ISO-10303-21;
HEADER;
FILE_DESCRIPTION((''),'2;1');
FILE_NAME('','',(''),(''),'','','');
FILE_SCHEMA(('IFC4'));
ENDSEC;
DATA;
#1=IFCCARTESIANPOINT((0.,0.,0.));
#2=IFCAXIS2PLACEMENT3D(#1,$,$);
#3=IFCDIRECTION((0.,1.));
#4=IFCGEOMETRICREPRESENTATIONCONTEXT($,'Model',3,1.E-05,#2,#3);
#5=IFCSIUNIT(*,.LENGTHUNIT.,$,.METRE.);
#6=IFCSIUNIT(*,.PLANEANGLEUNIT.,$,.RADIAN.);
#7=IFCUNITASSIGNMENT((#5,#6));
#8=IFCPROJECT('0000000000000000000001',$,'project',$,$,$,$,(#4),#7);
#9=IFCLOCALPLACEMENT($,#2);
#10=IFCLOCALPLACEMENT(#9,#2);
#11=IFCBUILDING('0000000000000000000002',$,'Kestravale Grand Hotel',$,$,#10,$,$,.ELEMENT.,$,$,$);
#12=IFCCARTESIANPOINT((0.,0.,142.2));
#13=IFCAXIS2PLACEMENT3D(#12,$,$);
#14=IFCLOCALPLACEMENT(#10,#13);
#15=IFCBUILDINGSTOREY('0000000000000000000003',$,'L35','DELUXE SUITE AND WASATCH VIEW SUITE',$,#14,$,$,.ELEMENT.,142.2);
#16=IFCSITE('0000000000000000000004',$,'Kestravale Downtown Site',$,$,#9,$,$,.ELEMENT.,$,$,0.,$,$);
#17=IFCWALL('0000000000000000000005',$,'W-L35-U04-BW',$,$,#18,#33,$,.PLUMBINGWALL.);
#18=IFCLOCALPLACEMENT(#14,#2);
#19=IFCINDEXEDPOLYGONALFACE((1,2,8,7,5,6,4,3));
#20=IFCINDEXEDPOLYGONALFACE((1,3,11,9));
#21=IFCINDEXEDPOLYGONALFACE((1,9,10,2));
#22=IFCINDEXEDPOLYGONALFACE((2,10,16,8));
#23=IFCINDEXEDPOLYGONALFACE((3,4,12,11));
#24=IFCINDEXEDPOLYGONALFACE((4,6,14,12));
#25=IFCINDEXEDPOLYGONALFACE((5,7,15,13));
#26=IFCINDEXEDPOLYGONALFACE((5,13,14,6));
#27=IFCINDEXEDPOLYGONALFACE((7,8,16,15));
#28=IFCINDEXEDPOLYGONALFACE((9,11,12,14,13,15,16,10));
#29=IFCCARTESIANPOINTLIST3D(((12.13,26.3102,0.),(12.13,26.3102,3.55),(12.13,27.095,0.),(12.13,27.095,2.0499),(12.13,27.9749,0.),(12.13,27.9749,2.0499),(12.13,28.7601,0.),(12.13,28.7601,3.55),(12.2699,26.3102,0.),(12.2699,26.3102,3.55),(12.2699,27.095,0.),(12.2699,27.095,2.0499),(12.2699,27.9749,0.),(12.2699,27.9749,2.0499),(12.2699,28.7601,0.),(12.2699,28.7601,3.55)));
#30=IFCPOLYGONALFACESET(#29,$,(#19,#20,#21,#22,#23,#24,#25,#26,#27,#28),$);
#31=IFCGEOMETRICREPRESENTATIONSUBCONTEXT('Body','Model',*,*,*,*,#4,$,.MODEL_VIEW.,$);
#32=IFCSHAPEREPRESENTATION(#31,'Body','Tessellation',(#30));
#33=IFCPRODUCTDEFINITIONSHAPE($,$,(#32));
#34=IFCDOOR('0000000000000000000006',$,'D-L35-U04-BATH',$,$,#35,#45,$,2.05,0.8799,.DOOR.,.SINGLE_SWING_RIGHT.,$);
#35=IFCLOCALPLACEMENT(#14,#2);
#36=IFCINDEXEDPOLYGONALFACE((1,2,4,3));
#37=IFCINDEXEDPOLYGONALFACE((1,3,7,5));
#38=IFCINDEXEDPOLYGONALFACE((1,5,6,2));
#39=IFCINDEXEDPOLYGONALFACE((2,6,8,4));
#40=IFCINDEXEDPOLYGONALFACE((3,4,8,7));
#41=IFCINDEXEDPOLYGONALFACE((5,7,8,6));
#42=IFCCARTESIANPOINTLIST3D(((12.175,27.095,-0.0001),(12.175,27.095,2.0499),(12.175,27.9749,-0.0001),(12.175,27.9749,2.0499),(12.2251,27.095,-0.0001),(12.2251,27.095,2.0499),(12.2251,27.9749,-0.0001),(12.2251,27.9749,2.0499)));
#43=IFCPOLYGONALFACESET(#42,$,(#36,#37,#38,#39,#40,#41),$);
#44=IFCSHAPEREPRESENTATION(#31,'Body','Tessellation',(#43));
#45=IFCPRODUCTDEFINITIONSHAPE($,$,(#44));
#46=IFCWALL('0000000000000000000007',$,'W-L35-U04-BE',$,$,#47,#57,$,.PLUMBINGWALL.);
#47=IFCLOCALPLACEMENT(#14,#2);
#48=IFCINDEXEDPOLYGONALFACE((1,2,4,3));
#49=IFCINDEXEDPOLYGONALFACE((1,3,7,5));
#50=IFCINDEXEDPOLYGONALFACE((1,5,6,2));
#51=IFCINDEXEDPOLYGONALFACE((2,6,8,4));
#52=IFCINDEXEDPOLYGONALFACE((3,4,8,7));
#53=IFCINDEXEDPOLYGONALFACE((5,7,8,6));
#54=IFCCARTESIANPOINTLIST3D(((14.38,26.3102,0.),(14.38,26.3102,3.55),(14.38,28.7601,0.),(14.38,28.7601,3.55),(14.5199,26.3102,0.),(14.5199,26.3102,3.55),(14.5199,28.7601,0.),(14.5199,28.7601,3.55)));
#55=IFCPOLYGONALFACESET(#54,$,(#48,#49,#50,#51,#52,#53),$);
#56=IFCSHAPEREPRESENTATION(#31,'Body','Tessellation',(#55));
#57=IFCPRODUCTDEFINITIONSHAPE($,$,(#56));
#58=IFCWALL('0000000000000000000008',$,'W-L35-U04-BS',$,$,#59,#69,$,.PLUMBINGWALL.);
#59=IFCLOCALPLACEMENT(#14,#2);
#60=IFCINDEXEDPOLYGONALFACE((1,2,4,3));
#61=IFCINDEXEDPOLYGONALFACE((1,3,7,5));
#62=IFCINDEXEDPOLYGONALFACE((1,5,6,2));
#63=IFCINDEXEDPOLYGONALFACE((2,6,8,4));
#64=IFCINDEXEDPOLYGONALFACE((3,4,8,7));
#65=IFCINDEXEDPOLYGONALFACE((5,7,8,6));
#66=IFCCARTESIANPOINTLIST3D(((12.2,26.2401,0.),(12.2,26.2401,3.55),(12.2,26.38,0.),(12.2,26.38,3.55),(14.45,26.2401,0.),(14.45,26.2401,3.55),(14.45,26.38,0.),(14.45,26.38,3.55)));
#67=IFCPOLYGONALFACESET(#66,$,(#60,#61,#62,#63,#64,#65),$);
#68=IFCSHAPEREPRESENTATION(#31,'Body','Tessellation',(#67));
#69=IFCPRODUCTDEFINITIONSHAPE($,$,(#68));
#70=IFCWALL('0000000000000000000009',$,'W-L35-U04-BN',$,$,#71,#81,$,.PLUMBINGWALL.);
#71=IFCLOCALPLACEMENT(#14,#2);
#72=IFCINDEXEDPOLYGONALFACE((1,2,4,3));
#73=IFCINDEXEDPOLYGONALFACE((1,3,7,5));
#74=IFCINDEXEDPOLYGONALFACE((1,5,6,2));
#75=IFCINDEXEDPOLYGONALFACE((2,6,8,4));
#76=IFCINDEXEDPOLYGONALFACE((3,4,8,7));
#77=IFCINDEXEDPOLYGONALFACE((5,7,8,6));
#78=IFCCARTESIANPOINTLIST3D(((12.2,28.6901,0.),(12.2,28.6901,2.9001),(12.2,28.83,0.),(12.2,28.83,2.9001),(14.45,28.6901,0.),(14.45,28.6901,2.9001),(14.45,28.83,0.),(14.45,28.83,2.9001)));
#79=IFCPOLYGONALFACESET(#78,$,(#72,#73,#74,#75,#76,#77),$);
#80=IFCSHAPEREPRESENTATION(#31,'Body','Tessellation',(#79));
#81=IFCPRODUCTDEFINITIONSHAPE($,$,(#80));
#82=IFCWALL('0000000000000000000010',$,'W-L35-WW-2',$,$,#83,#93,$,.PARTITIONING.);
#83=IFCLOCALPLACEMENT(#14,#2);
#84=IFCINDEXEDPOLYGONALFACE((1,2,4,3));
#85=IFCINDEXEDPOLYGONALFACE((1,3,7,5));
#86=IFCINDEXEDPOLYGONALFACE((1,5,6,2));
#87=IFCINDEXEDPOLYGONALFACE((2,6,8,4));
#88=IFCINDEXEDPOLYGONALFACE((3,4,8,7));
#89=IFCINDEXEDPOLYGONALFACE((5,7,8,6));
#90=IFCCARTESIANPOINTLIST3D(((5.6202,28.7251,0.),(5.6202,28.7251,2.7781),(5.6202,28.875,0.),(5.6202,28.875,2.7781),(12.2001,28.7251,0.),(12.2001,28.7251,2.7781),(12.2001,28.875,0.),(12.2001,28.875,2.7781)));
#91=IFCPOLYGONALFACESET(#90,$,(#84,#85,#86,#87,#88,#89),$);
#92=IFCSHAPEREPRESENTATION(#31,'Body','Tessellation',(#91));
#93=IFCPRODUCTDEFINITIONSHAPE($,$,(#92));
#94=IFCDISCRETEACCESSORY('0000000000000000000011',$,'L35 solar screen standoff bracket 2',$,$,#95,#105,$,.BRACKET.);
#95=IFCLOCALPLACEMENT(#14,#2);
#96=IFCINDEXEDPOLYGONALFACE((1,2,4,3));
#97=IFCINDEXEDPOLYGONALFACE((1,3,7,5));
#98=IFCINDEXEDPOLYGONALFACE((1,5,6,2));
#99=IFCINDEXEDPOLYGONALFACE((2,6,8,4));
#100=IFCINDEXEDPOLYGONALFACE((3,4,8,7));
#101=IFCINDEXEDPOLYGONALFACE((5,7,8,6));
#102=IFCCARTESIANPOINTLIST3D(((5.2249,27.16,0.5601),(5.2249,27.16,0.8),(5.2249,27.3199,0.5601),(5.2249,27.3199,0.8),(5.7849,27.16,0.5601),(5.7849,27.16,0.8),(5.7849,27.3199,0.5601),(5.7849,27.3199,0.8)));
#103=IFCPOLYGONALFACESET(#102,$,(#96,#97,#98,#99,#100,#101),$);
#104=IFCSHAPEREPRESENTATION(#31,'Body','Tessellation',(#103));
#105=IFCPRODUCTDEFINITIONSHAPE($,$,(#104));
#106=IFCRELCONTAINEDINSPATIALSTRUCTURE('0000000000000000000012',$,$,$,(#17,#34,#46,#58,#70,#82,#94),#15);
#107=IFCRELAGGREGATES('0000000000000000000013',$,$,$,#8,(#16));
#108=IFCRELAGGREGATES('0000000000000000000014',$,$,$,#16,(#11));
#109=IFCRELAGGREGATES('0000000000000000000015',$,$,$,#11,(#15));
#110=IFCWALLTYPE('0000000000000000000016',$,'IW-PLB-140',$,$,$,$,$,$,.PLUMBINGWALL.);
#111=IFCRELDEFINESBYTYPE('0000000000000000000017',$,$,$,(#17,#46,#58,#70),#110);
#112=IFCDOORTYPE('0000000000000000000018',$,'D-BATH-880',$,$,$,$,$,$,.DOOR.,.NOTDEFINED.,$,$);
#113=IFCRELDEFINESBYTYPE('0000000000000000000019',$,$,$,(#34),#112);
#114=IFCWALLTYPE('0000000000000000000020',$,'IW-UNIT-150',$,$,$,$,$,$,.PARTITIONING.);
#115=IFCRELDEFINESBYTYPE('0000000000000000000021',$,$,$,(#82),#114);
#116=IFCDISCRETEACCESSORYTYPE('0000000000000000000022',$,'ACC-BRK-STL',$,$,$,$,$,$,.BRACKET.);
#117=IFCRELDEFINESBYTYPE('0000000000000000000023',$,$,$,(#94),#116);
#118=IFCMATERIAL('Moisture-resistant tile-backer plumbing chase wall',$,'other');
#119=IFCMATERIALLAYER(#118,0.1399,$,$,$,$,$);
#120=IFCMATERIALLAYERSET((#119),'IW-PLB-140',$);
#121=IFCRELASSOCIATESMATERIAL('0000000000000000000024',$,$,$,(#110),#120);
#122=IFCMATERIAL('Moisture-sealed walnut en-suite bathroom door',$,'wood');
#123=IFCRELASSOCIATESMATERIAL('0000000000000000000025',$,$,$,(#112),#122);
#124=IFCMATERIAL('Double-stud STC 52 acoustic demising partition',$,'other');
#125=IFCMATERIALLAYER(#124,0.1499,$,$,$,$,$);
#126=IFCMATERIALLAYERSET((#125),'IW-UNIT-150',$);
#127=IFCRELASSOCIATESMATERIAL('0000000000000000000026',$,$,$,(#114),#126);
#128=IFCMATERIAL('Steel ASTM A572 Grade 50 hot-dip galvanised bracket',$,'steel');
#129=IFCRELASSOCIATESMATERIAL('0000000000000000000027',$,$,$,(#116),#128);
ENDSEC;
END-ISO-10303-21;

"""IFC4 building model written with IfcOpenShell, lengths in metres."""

from ifc_helpers import new_model, si_unit, direction, frame, frame_2d, origin, origin_2d, place, context, subcontext, project, spatial, rectangle, extrude, material, layer, layer_set, type_object, element, fill, save


model = new_model("IFC4")

# Units and contexts
model_context = context("Model", 3, precision=1e-05, world=origin(), true_north=direction((0.0, 1.0)))
body_context = subcontext(model_context, "Body", "Model", "MODEL_VIEW")
ifc_project = project(units=[si_unit("LENGTHUNIT", "METRE"), si_unit("PLANEANGLEUNIT", "RADIAN")], contexts=[model_context])

# Site, building, storey
site_placement = place(None, origin())
site = spatial("IfcSite", under=ifc_project, at=site_placement, Name="Kestravale Downtown Site", CompositionType="ELEMENT", RefElevation=0.0)
building_placement = place(site_placement, origin())
building = spatial("IfcBuilding", under=site, at=building_placement, Name="Kestravale Grand Hotel", CompositionType="ELEMENT")
storey_placement = place(building_placement, frame((0.0, 0.0, 142.2)))
storey = spatial("IfcBuildingStorey", under=building, at=storey_placement, Name="L35", Description="DELUXE SUITE AND WASATCH VIEW SUITE", CompositionType="ELEMENT", Elevation=142.2)

# Wall, opening, door
ifc_material_1 = material(Name="Moisture-resistant tile-backer plumbing chase wall", Category="other")
ifc_layer_1 = layer(ifc_material_1, 0.1399)
ifc_layer_set_1 = layer_set([ifc_layer_1], Name="IW-PLB-140")
wall_type_1 = type_object("IfcWallType", Name="IW-PLB-140", PredefinedType="PLUMBINGWALL", material=ifc_layer_set_1)
wall_1_placement = place(storey_placement, frame((12.2, 26.3101, 0.0), z_axis=(0.0, 0.0, 1.0), x_axis=(0.0, 1.0, 0.0)))
wall_1 = element("IfcWall", 1, at=wall_1_placement, inside=storey, type_object=wall_type_1, Name="W-L35-U04-BW", PredefinedType="PLUMBINGWALL", context=body_context, shape_type="SweptSolid", body=[
    extrude(rectangle(XDim=2.45, YDim=0.1399, at=frame_2d((1.2251, 0.0))), origin(), (0.0, 0.0, 1.0), 3.55),
])
opening_placement = place(wall_1_placement, frame((0.7849, 0.0, 0.0)))
opening = element("IfcOpeningElement", 2, at=opening_placement, cuts=wall_1, PredefinedType="OPENING", context=body_context, shape_type="SweptSolid", body=[
    extrude(rectangle(XDim=0.8799, YDim=2.05, at=frame_2d((0.4399, 1.0249))), frame((0.0, 0.0798, 0.0), z_axis=(0.0, -1.0, 0.0), x_axis=(1.0, 0.0, 0.0)), (0.0, 0.0, 1.0), 0.1599),
])
ifc_material_2 = material(Name="Moisture-sealed walnut en-suite bathroom door", Category="wood")
door_type = type_object("IfcDoorType", Name="D-BATH-880", OperationType="NOTDEFINED", PredefinedType="DOOR", material=ifc_material_2)
door_placement = place(opening_placement, origin())
door = element("IfcDoor", 3, at=door_placement, inside=storey, type_object=door_type, Name="D-L35-U04-BATH", OperationType="SINGLE_SWING_RIGHT", OverallHeight=2.05, OverallWidth=0.8799, PredefinedType="DOOR", context=body_context, shape_type="SweptSolid", body=[
    extrude(rectangle(XDim=0.8799, YDim=2.05, at=frame_2d((0.4399, 1.0249))), frame((0.0, 0.0249, 0.0), z_axis=(0.0, -1.0, 0.0), x_axis=(1.0, 0.0, 0.0)), (0.0, 0.0, 1.0), 0.05),
])
fill(opening, door)

# Walls
wall_2_placement = place(storey_placement, frame((14.45, 26.3101, 0.0), z_axis=(0.0, 0.0, 1.0), x_axis=(0.0, 1.0, 0.0)))
element("IfcWall", 4, at=wall_2_placement, inside=storey, type_object=wall_type_1, Name="W-L35-U04-BE", PredefinedType="PLUMBINGWALL", context=body_context, shape_type="SweptSolid", body=[
    extrude(rectangle(XDim=2.45, YDim=0.1399, at=frame_2d((1.2251, 0.0))), origin(), (0.0, 0.0, 1.0), 3.55),
])
wall_3_placement = place(storey_placement, frame((12.2, 26.3101, 0.0), z_axis=(0.0, 0.0, 1.0), x_axis=(1.0, 0.0, 0.0)))
element("IfcWall", 5, at=wall_3_placement, inside=storey, type_object=wall_type_1, Name="W-L35-U04-BS", PredefinedType="PLUMBINGWALL", context=body_context, shape_type="SweptSolid", body=[
    extrude(rectangle(XDim=2.25, YDim=0.1399, at=frame_2d((1.125, 0.0))), origin(), (0.0, 0.0, 1.0), 3.55),
])
wall_4_placement = place(storey_placement, frame((12.2, 28.76, 0.0), z_axis=(0.0, 0.0, 1.0), x_axis=(1.0, 0.0, 0.0)))
element("IfcWall", 6, at=wall_4_placement, inside=storey, type_object=wall_type_1, Name="W-L35-U04-BN", PredefinedType="PLUMBINGWALL", context=body_context, shape_type="SweptSolid", body=[
    extrude(rectangle(XDim=2.25, YDim=0.1399, at=frame_2d((1.125, 0.0))), origin(), (0.0, 0.0, 1.0), 2.9001),
])
ifc_material_3 = material(Name="Double-stud STC 52 acoustic demising partition", Category="other")
ifc_layer_2 = layer(ifc_material_3, 0.1499)
ifc_layer_set_2 = layer_set([ifc_layer_2], Name="IW-UNIT-150")
wall_type_2 = type_object("IfcWallType", Name="IW-UNIT-150", PredefinedType="PARTITIONING", material=ifc_layer_set_2)
wall_5_placement = place(storey_placement, frame((5.6201, 28.8, 0.0), z_axis=(0.0, 0.0, 1.0), x_axis=(1.0, 0.0, 0.0)))
element("IfcWall", 7, at=wall_5_placement, inside=storey, type_object=wall_type_2, Name="W-L35-WW-2", PredefinedType="PARTITIONING", context=body_context, shape_type="SweptSolid", body=[
    extrude(rectangle(XDim=6.5798, YDim=0.1499, at=frame_2d((3.29, 0.0))), origin(), (0.0, 0.0, 1.0), 2.7781),
])

# Discrete accessory
ifc_material_4 = material(Name="Steel ASTM A572 Grade 50 hot-dip galvanised bracket", Category="steel")
discrete_accessory_type = type_object("IfcDiscreteAccessoryType", Name="ACC-BRK-STL", PredefinedType="BRACKET", material=ifc_material_4)
discrete_accessory_placement = place(storey_placement, frame((5.5049, 27.24, 0.5601), z_axis=(0.0, 0.0, 1.0), x_axis=(0.0, -1.0, 0.0)))
element("IfcDiscreteAccessory", 8, at=discrete_accessory_placement, inside=storey, type_object=discrete_accessory_type, Name="L35 solar screen standoff bracket 2", PredefinedType="BRACKET", context=body_context, shape_type="SweptSolid", body=[
    extrude(rectangle(XDim=0.1599, YDim=0.5601, at=origin_2d()), origin(), (0.0, 0.0, 1.0), 0.24),
])

save(model, "model.ifc")
